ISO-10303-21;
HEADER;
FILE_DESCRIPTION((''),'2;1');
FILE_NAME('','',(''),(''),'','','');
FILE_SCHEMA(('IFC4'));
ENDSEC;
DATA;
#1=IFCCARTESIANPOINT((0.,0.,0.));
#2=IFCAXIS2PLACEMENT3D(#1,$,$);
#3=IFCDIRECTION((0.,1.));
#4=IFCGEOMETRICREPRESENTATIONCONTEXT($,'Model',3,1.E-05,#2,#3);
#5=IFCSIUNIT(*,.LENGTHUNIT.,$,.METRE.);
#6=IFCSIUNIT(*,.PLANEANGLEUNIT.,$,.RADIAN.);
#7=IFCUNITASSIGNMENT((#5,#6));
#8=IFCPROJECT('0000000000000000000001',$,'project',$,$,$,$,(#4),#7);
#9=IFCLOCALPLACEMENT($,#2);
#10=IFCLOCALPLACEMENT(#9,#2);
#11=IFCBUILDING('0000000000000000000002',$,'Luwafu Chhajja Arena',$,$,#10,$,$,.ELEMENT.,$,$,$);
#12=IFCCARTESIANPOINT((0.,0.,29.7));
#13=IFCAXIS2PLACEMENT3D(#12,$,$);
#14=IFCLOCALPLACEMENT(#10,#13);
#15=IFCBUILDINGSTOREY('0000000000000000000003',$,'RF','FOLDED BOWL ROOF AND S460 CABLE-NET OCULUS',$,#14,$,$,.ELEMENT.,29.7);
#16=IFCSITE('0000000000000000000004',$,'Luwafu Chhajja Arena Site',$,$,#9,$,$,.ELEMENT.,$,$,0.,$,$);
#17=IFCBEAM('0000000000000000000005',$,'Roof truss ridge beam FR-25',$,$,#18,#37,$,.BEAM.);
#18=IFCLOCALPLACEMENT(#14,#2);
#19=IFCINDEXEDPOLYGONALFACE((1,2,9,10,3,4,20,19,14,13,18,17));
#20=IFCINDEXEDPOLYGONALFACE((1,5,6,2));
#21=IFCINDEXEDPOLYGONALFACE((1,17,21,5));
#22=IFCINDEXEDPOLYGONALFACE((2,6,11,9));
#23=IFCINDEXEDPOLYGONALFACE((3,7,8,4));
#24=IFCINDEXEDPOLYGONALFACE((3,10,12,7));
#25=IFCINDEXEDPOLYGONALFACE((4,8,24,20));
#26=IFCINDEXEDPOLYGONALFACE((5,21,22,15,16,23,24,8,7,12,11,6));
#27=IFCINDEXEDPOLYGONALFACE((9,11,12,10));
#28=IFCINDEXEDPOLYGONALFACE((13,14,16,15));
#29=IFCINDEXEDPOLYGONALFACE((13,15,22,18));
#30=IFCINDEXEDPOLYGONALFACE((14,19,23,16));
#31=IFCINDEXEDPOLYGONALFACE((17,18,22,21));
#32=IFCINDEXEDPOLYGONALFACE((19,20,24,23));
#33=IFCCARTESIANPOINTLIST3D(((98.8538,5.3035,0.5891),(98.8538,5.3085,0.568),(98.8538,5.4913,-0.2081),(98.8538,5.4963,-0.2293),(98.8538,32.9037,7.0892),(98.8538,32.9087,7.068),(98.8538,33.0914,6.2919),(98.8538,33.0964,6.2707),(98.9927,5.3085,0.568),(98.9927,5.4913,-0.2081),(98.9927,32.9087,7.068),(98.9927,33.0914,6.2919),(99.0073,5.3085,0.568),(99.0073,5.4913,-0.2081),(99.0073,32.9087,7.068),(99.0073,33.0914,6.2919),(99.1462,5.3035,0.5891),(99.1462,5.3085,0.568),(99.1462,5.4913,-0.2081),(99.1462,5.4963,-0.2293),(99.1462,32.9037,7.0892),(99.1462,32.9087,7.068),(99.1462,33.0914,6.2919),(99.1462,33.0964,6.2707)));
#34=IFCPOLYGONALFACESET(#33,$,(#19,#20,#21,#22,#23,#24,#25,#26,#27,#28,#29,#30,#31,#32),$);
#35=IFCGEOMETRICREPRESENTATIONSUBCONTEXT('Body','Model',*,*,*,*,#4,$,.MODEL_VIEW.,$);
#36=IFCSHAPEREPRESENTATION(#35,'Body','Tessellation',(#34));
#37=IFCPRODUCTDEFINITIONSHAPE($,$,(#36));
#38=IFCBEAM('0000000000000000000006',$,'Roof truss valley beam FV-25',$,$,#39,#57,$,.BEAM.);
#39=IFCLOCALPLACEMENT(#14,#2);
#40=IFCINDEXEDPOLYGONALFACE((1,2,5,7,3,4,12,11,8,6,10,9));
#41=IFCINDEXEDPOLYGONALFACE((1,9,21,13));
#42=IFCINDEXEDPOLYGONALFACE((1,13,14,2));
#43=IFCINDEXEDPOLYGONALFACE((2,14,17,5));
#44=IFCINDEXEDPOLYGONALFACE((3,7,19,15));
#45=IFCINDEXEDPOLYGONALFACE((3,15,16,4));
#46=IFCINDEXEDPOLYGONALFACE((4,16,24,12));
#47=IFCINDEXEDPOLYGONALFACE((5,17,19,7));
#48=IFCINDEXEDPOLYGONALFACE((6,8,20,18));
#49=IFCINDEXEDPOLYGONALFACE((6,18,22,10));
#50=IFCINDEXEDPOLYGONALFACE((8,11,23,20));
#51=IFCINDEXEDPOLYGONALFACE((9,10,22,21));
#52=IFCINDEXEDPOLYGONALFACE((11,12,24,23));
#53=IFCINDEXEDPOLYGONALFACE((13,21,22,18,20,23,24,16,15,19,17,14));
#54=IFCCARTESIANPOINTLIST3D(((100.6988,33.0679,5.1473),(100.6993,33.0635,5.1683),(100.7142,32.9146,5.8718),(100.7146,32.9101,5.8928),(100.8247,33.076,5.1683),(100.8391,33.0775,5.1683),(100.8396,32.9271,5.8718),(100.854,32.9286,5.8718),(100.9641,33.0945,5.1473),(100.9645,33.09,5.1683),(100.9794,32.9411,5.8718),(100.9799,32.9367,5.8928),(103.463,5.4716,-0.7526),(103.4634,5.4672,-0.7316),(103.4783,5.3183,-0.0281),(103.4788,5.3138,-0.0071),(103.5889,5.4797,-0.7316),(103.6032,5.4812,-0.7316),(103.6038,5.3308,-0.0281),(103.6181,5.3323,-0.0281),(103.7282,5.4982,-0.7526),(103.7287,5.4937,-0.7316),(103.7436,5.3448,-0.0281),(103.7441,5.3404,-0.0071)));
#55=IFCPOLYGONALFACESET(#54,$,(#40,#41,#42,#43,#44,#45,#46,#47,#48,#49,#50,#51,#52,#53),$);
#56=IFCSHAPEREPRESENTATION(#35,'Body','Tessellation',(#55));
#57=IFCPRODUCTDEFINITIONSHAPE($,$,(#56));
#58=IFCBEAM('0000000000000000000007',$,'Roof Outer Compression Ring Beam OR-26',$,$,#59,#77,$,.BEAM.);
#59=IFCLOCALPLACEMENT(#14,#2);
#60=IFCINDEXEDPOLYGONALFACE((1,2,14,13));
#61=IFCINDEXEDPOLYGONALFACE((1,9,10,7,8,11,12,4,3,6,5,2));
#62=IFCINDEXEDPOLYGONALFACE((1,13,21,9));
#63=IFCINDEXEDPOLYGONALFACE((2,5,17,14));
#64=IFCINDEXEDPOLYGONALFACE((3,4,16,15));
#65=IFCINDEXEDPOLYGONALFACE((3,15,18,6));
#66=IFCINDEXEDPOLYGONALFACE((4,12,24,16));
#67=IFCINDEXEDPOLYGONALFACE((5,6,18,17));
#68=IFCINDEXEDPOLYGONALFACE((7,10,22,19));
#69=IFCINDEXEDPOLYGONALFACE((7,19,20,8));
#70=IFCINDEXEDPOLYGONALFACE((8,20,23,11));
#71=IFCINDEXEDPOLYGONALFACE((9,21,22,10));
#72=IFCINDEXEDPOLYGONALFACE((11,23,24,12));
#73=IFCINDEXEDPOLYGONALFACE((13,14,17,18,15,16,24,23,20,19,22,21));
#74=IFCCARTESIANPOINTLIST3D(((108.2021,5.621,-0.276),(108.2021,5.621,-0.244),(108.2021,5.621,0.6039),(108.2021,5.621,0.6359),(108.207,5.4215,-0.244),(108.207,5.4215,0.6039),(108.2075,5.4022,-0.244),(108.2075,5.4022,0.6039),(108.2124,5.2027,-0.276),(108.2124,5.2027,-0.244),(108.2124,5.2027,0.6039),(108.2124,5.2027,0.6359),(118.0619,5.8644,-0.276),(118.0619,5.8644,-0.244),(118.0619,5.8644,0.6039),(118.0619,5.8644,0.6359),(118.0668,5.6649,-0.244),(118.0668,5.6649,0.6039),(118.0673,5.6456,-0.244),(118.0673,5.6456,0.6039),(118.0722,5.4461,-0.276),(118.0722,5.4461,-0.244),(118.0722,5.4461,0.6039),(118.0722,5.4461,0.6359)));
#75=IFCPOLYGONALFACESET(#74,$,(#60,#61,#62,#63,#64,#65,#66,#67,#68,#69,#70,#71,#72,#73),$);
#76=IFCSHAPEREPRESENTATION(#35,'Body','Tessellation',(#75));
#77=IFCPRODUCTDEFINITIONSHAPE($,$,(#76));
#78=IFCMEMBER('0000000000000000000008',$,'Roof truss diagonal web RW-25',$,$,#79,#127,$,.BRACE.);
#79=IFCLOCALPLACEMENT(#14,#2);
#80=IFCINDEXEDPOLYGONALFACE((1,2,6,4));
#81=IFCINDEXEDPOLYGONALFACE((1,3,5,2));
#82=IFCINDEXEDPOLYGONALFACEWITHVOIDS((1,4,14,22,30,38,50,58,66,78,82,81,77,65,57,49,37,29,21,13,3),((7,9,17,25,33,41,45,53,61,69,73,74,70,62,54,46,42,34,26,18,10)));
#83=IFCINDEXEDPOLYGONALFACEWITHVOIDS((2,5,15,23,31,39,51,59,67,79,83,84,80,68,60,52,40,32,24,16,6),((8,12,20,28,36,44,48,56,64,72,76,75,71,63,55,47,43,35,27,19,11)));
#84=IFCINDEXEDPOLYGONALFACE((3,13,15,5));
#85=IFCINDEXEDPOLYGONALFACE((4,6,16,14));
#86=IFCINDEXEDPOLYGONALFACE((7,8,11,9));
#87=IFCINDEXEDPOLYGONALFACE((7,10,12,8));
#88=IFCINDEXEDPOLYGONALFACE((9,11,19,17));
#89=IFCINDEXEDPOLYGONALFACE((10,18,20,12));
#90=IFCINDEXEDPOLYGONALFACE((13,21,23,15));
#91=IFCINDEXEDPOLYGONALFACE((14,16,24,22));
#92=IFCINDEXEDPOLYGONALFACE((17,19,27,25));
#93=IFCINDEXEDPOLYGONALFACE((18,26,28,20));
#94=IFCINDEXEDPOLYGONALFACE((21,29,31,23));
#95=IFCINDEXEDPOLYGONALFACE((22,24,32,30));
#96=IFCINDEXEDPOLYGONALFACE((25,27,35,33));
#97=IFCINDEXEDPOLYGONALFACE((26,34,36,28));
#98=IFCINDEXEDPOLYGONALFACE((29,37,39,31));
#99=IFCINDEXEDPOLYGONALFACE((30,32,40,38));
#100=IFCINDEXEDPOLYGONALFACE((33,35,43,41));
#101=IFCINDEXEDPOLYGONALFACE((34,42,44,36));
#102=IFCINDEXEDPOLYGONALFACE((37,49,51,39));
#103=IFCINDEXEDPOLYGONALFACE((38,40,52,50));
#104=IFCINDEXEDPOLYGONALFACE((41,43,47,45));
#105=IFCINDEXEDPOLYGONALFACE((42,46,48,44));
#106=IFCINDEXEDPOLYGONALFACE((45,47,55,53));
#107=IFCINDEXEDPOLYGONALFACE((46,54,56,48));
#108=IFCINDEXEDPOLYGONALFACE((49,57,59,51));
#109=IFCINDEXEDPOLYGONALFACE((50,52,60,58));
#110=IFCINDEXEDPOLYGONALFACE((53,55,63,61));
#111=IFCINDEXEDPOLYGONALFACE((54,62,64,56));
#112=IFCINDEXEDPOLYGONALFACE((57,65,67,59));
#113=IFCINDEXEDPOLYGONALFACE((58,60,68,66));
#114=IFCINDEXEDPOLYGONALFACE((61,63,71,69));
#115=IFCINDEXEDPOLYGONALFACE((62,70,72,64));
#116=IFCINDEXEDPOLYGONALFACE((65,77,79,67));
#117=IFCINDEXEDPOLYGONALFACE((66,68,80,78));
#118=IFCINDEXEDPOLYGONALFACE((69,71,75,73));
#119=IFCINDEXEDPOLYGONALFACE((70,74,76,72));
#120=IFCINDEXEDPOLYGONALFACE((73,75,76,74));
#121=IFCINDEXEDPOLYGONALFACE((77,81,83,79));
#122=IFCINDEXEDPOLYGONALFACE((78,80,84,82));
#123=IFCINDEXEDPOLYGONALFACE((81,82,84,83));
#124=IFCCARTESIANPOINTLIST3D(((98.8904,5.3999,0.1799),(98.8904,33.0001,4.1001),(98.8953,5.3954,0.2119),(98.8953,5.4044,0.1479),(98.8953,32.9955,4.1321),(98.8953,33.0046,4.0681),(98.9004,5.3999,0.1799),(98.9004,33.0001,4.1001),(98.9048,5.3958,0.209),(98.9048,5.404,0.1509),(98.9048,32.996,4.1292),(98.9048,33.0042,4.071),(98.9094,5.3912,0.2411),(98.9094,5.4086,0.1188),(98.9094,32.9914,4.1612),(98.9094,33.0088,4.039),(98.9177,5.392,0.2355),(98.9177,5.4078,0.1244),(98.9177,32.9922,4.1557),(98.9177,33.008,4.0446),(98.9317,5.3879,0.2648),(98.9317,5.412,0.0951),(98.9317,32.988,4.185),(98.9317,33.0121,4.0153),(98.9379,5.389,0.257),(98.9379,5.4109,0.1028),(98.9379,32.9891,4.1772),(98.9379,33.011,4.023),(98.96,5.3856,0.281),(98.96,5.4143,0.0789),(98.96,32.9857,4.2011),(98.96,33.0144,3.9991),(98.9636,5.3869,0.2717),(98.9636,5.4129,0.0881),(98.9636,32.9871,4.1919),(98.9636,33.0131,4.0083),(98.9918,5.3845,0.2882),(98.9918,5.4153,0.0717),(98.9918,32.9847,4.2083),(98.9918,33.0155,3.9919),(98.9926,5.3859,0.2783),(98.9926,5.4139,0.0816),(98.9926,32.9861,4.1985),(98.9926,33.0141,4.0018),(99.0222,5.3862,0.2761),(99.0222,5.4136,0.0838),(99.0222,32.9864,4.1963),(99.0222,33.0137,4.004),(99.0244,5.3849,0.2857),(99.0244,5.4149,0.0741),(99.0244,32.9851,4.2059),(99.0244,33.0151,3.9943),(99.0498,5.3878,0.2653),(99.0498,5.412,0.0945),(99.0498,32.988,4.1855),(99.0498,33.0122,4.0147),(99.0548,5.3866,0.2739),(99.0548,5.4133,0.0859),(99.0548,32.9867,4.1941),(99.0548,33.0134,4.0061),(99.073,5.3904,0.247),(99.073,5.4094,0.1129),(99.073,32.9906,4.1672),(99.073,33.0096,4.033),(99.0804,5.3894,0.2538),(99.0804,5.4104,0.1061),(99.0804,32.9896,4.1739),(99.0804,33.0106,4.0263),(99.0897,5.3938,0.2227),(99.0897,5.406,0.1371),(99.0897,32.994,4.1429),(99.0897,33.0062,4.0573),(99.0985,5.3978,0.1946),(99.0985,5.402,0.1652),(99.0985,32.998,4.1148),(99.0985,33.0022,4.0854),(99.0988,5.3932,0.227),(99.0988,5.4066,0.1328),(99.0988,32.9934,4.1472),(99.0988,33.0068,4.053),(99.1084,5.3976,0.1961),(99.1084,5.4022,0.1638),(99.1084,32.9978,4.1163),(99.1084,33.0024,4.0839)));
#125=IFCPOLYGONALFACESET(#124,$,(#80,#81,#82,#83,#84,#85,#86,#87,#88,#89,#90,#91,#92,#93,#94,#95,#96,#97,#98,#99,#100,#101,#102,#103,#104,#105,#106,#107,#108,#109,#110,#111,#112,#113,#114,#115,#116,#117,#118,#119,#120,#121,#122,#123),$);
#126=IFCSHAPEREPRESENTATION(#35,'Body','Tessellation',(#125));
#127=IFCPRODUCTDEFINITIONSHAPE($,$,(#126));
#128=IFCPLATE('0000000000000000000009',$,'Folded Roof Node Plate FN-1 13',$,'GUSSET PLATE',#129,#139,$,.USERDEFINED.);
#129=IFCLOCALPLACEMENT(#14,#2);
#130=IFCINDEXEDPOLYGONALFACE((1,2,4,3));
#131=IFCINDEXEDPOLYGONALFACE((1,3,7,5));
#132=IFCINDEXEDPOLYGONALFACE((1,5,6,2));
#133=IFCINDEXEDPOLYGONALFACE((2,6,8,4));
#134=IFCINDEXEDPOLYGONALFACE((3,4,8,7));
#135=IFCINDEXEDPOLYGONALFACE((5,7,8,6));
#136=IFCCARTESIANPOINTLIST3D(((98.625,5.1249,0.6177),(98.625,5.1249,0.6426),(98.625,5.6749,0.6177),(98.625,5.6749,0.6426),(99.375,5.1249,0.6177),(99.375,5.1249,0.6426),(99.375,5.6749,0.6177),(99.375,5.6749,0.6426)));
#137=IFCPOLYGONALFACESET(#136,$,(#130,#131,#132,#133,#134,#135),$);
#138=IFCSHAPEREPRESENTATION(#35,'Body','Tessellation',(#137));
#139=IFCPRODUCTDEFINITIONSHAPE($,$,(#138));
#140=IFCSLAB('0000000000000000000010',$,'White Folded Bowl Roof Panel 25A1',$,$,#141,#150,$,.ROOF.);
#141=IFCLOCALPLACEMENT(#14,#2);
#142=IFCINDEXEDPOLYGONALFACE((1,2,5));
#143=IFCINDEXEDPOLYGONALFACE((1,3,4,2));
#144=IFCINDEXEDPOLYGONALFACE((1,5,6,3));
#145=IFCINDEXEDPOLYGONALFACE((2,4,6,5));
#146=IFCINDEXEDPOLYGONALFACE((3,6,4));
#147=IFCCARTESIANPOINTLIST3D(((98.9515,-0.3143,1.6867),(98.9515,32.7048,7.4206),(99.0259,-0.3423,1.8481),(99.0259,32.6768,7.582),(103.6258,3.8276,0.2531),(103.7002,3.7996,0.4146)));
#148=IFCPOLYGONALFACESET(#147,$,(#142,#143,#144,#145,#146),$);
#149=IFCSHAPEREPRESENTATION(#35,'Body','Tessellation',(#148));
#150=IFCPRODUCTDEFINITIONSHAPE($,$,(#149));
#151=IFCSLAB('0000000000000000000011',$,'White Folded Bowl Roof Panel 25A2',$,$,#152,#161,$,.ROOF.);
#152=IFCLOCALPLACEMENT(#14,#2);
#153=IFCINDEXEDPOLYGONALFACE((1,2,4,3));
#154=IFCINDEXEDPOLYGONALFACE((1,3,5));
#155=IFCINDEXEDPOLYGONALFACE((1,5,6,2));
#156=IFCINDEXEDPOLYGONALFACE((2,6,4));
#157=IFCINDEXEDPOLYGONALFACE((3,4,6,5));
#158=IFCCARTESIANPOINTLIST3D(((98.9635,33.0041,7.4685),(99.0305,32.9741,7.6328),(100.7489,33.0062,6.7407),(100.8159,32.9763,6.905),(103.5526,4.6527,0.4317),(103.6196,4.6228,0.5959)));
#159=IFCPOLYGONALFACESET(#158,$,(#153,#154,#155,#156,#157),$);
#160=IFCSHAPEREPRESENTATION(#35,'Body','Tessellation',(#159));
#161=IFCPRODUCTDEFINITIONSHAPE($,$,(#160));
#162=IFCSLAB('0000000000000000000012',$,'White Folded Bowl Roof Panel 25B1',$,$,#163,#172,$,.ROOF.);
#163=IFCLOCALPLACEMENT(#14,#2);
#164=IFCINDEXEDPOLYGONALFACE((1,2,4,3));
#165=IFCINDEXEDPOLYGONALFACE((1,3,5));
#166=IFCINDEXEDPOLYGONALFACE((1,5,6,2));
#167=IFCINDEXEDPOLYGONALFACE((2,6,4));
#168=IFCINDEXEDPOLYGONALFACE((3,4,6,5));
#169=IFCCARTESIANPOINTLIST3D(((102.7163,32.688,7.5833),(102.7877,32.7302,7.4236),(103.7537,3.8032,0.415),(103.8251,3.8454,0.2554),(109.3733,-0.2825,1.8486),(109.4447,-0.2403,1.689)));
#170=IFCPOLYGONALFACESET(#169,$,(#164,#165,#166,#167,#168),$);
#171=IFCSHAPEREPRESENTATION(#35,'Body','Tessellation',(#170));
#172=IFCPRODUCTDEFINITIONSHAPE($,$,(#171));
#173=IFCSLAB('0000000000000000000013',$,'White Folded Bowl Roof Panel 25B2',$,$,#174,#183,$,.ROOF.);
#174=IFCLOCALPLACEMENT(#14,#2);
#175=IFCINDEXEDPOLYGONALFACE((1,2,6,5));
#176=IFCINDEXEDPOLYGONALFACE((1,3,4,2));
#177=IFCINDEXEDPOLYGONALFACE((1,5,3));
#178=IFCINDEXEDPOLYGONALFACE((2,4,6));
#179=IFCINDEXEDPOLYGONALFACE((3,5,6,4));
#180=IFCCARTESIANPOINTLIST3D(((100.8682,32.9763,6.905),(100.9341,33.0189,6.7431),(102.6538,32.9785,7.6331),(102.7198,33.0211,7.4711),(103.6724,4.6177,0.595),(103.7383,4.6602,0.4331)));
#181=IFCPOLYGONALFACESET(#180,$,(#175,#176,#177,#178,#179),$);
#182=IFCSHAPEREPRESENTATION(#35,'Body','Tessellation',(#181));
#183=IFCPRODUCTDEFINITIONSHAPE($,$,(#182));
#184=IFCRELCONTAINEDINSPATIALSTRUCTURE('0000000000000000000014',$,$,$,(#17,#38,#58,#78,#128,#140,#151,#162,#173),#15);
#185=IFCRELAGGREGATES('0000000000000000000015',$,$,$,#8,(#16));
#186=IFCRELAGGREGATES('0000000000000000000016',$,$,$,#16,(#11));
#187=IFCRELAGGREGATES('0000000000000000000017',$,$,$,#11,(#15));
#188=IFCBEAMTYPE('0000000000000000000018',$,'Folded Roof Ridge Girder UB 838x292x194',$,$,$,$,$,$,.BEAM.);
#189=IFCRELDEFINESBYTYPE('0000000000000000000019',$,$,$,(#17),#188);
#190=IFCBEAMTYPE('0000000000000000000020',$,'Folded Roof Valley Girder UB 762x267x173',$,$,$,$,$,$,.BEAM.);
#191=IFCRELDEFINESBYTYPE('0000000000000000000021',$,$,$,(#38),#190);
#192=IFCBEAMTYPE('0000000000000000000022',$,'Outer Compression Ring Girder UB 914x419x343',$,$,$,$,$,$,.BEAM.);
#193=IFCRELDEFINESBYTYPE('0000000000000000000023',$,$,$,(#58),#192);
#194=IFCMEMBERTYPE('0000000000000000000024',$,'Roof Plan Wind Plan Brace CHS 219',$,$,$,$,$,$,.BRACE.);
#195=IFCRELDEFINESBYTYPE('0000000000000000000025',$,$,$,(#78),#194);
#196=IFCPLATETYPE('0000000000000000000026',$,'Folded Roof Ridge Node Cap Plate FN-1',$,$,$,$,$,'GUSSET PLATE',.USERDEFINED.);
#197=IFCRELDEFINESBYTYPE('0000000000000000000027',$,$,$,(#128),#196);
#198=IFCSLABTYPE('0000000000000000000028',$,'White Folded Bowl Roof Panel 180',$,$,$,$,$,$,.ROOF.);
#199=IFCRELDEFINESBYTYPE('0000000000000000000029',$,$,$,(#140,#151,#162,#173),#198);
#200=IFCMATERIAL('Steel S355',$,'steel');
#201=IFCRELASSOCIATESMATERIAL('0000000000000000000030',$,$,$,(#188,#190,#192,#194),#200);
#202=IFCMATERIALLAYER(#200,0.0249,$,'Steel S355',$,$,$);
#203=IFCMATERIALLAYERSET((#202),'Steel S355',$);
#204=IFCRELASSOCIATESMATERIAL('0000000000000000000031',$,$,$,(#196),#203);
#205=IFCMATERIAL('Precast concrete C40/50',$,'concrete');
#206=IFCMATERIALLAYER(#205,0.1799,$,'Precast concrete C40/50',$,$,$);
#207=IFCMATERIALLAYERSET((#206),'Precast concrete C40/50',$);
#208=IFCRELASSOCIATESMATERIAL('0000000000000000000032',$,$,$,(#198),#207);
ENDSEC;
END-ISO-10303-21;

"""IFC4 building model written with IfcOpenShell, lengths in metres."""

from ifc_helpers import new_model, si_unit, direction, frame, origin, origin_2d, place, context, subcontext, project, spatial, polyline, rectangle, hollow_circle, i_section, outline, extrude, material, layer, layer_set, material_profile, profile_set, type_object, element, save


model = new_model("IFC4")

# Units and contexts
model_context = context("Model", 3, precision=1e-05, world=origin(), true_north=direction((0.0, 1.0)))
body_context = subcontext(model_context, "Body", "Model", "MODEL_VIEW")
ifc_project = project(units=[si_unit("LENGTHUNIT", "METRE"), si_unit("PLANEANGLEUNIT", "RADIAN")], contexts=[model_context])

# Site, building, storey
site_placement = place(None, origin())
site = spatial("IfcSite", under=ifc_project, at=site_placement, Name="Luwafu Chhajja Arena Site", CompositionType="ELEMENT", RefElevation=0.0)
building_placement = place(site_placement, origin())
building = spatial("IfcBuilding", under=site, at=building_placement, Name="Luwafu Chhajja Arena", CompositionType="ELEMENT")
storey_placement = place(building_placement, frame((0.0, 0.0, 29.7)))
storey = spatial("IfcBuildingStorey", under=building, at=storey_placement, Name="RF", Description="FOLDED BOWL ROOF AND S460 CABLE-NET OCULUS", CompositionType="ELEMENT", Elevation=29.7)

# Beams
ifc_material_1 = material(Name="Steel S355", Category="steel")
ifc_material_profile_1 = material_profile(ifc_material_1, i_section(OverallWidth=0.2925, OverallDepth=0.8408, WebThickness=0.0146, FlangeThickness=0.0217, at=origin_2d()), Name="UB 838x292x194")
ifc_profile_set_1 = profile_set([ifc_material_profile_1], Name="Steel S355")
beam_type_1 = type_object("IfcBeamType", Name="Folded Roof Ridge Girder UB 838x292x194", PredefinedType="BEAM", material=ifc_profile_set_1)
beam_1_placement = place(storey_placement, frame((99.0, 5.3999, 0.1799), z_axis=(0.0, 0.973371, 0.229235), x_axis=(-1.0, 0.0, 0.0)))
element("IfcBeam", 1, at=beam_1_placement, inside=storey, type_object=beam_type_1, Name="Roof truss ridge beam FR-25", PredefinedType="BEAM", context=body_context, shape_type="SweptSolid", body=[
    extrude(i_section(OverallWidth=0.2925, OverallDepth=0.8408, WebThickness=0.0146, FlangeThickness=0.0217, at=origin_2d()), origin(), (0.0, 0.0, 1.0), 28.3552),
])
ifc_material_profile_2 = material_profile(ifc_material_1, i_section(OverallWidth=0.2666, OverallDepth=0.7622, WebThickness=0.0144, FlangeThickness=0.0215, at=origin_2d()), Name="UB 762x267x173")
ifc_profile_set_2 = profile_set([ifc_material_profile_2], Name="Steel S355")
beam_type_2 = type_object("IfcBeamType", Name="Folded Roof Valley Girder UB 762x267x173", PredefinedType="BEAM", material=ifc_profile_set_2)
beam_2_placement = place(storey_placement, frame((103.6035, 5.406, -0.3799), z_axis=(-0.097484, 0.973243, 0.208074), x_axis=(-0.995021, -0.099666, 0.0)))
element("IfcBeam", 2, at=beam_2_placement, inside=storey, type_object=beam_type_2, Name="Roof truss valley beam FV-25", PredefinedType="BEAM", context=body_context, shape_type="SweptSolid", body=[
    extrude(i_section(OverallWidth=0.2666, OverallDepth=0.7622, WebThickness=0.0144, FlangeThickness=0.0215, at=origin_2d()), origin(), (0.0, 0.0, 1.0), 28.355),
])
ifc_material_profile_3 = material_profile(ifc_material_1, i_section(OverallWidth=0.4185, OverallDepth=0.9119, WebThickness=0.0193, FlangeThickness=0.032, at=origin_2d()), Name="UB 914x419x343")
ifc_profile_set_3 = profile_set([ifc_material_profile_3], Name="Steel S355")
beam_type_3 = type_object("IfcBeamType", Name="Outer Compression Ring Girder UB 914x419x343", PredefinedType="BEAM", material=ifc_profile_set_3)
beam_3_placement = place(storey_placement, frame((108.2073, 5.4119, 0.1799), z_axis=(0.999695, 0.024679, 0.0), x_axis=(-0.024679, 0.999695, 0.0)))
element("IfcBeam", 3, at=beam_3_placement, inside=storey, type_object=beam_type_3, Name="Roof Outer Compression Ring Beam OR-26", PredefinedType="BEAM", context=body_context, shape_type="SweptSolid", body=[
    extrude(i_section(OverallWidth=0.4185, OverallDepth=0.9119, WebThickness=0.0193, FlangeThickness=0.032, at=origin_2d()), origin(), (0.0, 0.0, 1.0), 9.8628),
])

# Member
ifc_material_profile_4 = material_profile(ifc_material_1, hollow_circle(Radius=0.1096, WallThickness=0.01, at=origin_2d()), Name="CHS 219.1x10")
ifc_profile_set_4 = profile_set([ifc_material_profile_4], Name="Steel S355")
member_type = type_object("IfcMemberType", Name="Roof Plan Wind Plan Brace CHS 219", PredefinedType="BRACE", material=ifc_profile_set_4)
member_placement = place(storey_placement, frame((99.0, 5.3999, 0.1799), z_axis=(0.0, 0.990063, 0.140623), x_axis=(-1.0, 0.0, 0.0)))
element("IfcMember", 4, at=member_placement, inside=storey, type_object=member_type, Name="Roof truss diagonal web RW-25", PredefinedType="BRACE", context=body_context, shape_type="SweptSolid", body=[
    extrude(hollow_circle(Radius=0.1096, WallThickness=0.01, at=origin_2d()), origin(), (0.0, 0.0, 1.0), 27.8772),
])

# Plate
ifc_layer_1 = layer(ifc_material_1, 0.0249, Name="Steel S355")
ifc_layer_set_1 = layer_set([ifc_layer_1], Name="Steel S355")
plate_type = type_object("IfcPlateType", Name="Folded Roof Ridge Node Cap Plate FN-1", ElementType="GUSSET PLATE", PredefinedType="USERDEFINED", material=ifc_layer_set_1)
plate_placement = place(storey_placement, frame((99.0, 5.3999, 0.6177), z_axis=(0.0, 0.0, 1.0), x_axis=(1.0, 0.0, 0.0)))
element("IfcPlate", 5, at=plate_placement, inside=storey, type_object=plate_type, Name="Folded Roof Node Plate FN-1 13", ObjectType="GUSSET PLATE", PredefinedType="USERDEFINED", context=body_context, shape_type="SweptSolid", body=[
    extrude(rectangle(XDim=0.75, YDim=0.55, at=origin_2d()), origin(), (0.0, 0.0, 1.0), 0.0249),
])

# Slabs
ifc_material_2 = material(Name="Precast concrete C40/50", Category="concrete")
ifc_layer_2 = layer(ifc_material_2, 0.1799, Name="Precast concrete C40/50")
ifc_layer_set_2 = layer_set([ifc_layer_2], Name="Precast concrete C40/50")
slab_type = type_object("IfcSlabType", Name="White Folded Bowl Roof Panel 180", PredefinedType="ROOF", material=ifc_layer_set_2)
slab_1_placement = place(storey_placement, frame((99.0259, -0.3423, 1.8481), z_axis=(0.413223, -0.155803, 0.897202), x_axis=(0.0, 0.985255, 0.171093)))
element("IfcSlab", 6, at=slab_1_placement, inside=storey, type_object=slab_type, Name="White Folded Bowl Roof Panel 25A1", PredefinedType="ROOF", context=body_context, shape_type="SweptSolid", body=[
    extrude(outline(polyline([(0.0, 0.0), (33.5132, 0.0), (3.8355, -5.1331), (0.0, 0.0)])), origin(), (0.0, 0.0, -1.0), 0.1799),
])
slab_2_placement = place(storey_placement, frame((103.6196, 4.6228, 0.5959), z_axis=(0.37239, -0.166343, 0.913047), x_axis=(-0.155196, 0.958792, 0.237975)))
element("IfcSlab", 7, at=slab_2_placement, inside=storey, type_object=slab_type, Name="White Folded Bowl Roof Panel 25A2", PredefinedType="ROOF", context=body_context, shape_type="SweptSolid", body=[
    extrude(outline(polyline([(0.0, 0.0), (29.5698, 0.0), (29.1217, -1.8752), (0.0, 0.0)])), origin(), (0.0, 0.0, -1.0), 0.1799),
])
slab_3_placement = place(storey_placement, frame((103.7537, 3.8032, 0.415), z_axis=(-0.396862, -0.234481, 0.887423), x_axis=(-0.034835, 0.969971, 0.240714)))
element("IfcSlab", 8, at=slab_3_placement, inside=storey, type_object=slab_type, Name="White Folded Bowl Roof Panel 25B1", PredefinedType="ROOF", context=body_context, shape_type="SweptSolid", body=[
    extrude(outline(polyline([(0.0, 0.0), (29.779, 0.0), (-3.8137, -5.982), (0.0, 0.0)])), origin(), (0.0, 0.0, -1.0), 0.1799),
])
slab_4_placement = place(storey_placement, frame((103.6724, 4.6177, 0.595), z_axis=(-0.366581, -0.23647, 0.899833), x_axis=(-0.096076, 0.971612, 0.216193)))
element("IfcSlab", 9, at=slab_4_placement, inside=storey, type_object=slab_type, Name="White Folded Bowl Roof Panel 25B2", PredefinedType="ROOF", context=body_context, shape_type="SweptSolid", body=[
    extrude(outline(polyline([(0.0, 0.0), (29.1872, 0.0), (29.1752, -1.9283), (0.0, 0.0)])), origin(), (0.0, 0.0, -1.0), 0.1799),
])

save(model, "model.ifc")
